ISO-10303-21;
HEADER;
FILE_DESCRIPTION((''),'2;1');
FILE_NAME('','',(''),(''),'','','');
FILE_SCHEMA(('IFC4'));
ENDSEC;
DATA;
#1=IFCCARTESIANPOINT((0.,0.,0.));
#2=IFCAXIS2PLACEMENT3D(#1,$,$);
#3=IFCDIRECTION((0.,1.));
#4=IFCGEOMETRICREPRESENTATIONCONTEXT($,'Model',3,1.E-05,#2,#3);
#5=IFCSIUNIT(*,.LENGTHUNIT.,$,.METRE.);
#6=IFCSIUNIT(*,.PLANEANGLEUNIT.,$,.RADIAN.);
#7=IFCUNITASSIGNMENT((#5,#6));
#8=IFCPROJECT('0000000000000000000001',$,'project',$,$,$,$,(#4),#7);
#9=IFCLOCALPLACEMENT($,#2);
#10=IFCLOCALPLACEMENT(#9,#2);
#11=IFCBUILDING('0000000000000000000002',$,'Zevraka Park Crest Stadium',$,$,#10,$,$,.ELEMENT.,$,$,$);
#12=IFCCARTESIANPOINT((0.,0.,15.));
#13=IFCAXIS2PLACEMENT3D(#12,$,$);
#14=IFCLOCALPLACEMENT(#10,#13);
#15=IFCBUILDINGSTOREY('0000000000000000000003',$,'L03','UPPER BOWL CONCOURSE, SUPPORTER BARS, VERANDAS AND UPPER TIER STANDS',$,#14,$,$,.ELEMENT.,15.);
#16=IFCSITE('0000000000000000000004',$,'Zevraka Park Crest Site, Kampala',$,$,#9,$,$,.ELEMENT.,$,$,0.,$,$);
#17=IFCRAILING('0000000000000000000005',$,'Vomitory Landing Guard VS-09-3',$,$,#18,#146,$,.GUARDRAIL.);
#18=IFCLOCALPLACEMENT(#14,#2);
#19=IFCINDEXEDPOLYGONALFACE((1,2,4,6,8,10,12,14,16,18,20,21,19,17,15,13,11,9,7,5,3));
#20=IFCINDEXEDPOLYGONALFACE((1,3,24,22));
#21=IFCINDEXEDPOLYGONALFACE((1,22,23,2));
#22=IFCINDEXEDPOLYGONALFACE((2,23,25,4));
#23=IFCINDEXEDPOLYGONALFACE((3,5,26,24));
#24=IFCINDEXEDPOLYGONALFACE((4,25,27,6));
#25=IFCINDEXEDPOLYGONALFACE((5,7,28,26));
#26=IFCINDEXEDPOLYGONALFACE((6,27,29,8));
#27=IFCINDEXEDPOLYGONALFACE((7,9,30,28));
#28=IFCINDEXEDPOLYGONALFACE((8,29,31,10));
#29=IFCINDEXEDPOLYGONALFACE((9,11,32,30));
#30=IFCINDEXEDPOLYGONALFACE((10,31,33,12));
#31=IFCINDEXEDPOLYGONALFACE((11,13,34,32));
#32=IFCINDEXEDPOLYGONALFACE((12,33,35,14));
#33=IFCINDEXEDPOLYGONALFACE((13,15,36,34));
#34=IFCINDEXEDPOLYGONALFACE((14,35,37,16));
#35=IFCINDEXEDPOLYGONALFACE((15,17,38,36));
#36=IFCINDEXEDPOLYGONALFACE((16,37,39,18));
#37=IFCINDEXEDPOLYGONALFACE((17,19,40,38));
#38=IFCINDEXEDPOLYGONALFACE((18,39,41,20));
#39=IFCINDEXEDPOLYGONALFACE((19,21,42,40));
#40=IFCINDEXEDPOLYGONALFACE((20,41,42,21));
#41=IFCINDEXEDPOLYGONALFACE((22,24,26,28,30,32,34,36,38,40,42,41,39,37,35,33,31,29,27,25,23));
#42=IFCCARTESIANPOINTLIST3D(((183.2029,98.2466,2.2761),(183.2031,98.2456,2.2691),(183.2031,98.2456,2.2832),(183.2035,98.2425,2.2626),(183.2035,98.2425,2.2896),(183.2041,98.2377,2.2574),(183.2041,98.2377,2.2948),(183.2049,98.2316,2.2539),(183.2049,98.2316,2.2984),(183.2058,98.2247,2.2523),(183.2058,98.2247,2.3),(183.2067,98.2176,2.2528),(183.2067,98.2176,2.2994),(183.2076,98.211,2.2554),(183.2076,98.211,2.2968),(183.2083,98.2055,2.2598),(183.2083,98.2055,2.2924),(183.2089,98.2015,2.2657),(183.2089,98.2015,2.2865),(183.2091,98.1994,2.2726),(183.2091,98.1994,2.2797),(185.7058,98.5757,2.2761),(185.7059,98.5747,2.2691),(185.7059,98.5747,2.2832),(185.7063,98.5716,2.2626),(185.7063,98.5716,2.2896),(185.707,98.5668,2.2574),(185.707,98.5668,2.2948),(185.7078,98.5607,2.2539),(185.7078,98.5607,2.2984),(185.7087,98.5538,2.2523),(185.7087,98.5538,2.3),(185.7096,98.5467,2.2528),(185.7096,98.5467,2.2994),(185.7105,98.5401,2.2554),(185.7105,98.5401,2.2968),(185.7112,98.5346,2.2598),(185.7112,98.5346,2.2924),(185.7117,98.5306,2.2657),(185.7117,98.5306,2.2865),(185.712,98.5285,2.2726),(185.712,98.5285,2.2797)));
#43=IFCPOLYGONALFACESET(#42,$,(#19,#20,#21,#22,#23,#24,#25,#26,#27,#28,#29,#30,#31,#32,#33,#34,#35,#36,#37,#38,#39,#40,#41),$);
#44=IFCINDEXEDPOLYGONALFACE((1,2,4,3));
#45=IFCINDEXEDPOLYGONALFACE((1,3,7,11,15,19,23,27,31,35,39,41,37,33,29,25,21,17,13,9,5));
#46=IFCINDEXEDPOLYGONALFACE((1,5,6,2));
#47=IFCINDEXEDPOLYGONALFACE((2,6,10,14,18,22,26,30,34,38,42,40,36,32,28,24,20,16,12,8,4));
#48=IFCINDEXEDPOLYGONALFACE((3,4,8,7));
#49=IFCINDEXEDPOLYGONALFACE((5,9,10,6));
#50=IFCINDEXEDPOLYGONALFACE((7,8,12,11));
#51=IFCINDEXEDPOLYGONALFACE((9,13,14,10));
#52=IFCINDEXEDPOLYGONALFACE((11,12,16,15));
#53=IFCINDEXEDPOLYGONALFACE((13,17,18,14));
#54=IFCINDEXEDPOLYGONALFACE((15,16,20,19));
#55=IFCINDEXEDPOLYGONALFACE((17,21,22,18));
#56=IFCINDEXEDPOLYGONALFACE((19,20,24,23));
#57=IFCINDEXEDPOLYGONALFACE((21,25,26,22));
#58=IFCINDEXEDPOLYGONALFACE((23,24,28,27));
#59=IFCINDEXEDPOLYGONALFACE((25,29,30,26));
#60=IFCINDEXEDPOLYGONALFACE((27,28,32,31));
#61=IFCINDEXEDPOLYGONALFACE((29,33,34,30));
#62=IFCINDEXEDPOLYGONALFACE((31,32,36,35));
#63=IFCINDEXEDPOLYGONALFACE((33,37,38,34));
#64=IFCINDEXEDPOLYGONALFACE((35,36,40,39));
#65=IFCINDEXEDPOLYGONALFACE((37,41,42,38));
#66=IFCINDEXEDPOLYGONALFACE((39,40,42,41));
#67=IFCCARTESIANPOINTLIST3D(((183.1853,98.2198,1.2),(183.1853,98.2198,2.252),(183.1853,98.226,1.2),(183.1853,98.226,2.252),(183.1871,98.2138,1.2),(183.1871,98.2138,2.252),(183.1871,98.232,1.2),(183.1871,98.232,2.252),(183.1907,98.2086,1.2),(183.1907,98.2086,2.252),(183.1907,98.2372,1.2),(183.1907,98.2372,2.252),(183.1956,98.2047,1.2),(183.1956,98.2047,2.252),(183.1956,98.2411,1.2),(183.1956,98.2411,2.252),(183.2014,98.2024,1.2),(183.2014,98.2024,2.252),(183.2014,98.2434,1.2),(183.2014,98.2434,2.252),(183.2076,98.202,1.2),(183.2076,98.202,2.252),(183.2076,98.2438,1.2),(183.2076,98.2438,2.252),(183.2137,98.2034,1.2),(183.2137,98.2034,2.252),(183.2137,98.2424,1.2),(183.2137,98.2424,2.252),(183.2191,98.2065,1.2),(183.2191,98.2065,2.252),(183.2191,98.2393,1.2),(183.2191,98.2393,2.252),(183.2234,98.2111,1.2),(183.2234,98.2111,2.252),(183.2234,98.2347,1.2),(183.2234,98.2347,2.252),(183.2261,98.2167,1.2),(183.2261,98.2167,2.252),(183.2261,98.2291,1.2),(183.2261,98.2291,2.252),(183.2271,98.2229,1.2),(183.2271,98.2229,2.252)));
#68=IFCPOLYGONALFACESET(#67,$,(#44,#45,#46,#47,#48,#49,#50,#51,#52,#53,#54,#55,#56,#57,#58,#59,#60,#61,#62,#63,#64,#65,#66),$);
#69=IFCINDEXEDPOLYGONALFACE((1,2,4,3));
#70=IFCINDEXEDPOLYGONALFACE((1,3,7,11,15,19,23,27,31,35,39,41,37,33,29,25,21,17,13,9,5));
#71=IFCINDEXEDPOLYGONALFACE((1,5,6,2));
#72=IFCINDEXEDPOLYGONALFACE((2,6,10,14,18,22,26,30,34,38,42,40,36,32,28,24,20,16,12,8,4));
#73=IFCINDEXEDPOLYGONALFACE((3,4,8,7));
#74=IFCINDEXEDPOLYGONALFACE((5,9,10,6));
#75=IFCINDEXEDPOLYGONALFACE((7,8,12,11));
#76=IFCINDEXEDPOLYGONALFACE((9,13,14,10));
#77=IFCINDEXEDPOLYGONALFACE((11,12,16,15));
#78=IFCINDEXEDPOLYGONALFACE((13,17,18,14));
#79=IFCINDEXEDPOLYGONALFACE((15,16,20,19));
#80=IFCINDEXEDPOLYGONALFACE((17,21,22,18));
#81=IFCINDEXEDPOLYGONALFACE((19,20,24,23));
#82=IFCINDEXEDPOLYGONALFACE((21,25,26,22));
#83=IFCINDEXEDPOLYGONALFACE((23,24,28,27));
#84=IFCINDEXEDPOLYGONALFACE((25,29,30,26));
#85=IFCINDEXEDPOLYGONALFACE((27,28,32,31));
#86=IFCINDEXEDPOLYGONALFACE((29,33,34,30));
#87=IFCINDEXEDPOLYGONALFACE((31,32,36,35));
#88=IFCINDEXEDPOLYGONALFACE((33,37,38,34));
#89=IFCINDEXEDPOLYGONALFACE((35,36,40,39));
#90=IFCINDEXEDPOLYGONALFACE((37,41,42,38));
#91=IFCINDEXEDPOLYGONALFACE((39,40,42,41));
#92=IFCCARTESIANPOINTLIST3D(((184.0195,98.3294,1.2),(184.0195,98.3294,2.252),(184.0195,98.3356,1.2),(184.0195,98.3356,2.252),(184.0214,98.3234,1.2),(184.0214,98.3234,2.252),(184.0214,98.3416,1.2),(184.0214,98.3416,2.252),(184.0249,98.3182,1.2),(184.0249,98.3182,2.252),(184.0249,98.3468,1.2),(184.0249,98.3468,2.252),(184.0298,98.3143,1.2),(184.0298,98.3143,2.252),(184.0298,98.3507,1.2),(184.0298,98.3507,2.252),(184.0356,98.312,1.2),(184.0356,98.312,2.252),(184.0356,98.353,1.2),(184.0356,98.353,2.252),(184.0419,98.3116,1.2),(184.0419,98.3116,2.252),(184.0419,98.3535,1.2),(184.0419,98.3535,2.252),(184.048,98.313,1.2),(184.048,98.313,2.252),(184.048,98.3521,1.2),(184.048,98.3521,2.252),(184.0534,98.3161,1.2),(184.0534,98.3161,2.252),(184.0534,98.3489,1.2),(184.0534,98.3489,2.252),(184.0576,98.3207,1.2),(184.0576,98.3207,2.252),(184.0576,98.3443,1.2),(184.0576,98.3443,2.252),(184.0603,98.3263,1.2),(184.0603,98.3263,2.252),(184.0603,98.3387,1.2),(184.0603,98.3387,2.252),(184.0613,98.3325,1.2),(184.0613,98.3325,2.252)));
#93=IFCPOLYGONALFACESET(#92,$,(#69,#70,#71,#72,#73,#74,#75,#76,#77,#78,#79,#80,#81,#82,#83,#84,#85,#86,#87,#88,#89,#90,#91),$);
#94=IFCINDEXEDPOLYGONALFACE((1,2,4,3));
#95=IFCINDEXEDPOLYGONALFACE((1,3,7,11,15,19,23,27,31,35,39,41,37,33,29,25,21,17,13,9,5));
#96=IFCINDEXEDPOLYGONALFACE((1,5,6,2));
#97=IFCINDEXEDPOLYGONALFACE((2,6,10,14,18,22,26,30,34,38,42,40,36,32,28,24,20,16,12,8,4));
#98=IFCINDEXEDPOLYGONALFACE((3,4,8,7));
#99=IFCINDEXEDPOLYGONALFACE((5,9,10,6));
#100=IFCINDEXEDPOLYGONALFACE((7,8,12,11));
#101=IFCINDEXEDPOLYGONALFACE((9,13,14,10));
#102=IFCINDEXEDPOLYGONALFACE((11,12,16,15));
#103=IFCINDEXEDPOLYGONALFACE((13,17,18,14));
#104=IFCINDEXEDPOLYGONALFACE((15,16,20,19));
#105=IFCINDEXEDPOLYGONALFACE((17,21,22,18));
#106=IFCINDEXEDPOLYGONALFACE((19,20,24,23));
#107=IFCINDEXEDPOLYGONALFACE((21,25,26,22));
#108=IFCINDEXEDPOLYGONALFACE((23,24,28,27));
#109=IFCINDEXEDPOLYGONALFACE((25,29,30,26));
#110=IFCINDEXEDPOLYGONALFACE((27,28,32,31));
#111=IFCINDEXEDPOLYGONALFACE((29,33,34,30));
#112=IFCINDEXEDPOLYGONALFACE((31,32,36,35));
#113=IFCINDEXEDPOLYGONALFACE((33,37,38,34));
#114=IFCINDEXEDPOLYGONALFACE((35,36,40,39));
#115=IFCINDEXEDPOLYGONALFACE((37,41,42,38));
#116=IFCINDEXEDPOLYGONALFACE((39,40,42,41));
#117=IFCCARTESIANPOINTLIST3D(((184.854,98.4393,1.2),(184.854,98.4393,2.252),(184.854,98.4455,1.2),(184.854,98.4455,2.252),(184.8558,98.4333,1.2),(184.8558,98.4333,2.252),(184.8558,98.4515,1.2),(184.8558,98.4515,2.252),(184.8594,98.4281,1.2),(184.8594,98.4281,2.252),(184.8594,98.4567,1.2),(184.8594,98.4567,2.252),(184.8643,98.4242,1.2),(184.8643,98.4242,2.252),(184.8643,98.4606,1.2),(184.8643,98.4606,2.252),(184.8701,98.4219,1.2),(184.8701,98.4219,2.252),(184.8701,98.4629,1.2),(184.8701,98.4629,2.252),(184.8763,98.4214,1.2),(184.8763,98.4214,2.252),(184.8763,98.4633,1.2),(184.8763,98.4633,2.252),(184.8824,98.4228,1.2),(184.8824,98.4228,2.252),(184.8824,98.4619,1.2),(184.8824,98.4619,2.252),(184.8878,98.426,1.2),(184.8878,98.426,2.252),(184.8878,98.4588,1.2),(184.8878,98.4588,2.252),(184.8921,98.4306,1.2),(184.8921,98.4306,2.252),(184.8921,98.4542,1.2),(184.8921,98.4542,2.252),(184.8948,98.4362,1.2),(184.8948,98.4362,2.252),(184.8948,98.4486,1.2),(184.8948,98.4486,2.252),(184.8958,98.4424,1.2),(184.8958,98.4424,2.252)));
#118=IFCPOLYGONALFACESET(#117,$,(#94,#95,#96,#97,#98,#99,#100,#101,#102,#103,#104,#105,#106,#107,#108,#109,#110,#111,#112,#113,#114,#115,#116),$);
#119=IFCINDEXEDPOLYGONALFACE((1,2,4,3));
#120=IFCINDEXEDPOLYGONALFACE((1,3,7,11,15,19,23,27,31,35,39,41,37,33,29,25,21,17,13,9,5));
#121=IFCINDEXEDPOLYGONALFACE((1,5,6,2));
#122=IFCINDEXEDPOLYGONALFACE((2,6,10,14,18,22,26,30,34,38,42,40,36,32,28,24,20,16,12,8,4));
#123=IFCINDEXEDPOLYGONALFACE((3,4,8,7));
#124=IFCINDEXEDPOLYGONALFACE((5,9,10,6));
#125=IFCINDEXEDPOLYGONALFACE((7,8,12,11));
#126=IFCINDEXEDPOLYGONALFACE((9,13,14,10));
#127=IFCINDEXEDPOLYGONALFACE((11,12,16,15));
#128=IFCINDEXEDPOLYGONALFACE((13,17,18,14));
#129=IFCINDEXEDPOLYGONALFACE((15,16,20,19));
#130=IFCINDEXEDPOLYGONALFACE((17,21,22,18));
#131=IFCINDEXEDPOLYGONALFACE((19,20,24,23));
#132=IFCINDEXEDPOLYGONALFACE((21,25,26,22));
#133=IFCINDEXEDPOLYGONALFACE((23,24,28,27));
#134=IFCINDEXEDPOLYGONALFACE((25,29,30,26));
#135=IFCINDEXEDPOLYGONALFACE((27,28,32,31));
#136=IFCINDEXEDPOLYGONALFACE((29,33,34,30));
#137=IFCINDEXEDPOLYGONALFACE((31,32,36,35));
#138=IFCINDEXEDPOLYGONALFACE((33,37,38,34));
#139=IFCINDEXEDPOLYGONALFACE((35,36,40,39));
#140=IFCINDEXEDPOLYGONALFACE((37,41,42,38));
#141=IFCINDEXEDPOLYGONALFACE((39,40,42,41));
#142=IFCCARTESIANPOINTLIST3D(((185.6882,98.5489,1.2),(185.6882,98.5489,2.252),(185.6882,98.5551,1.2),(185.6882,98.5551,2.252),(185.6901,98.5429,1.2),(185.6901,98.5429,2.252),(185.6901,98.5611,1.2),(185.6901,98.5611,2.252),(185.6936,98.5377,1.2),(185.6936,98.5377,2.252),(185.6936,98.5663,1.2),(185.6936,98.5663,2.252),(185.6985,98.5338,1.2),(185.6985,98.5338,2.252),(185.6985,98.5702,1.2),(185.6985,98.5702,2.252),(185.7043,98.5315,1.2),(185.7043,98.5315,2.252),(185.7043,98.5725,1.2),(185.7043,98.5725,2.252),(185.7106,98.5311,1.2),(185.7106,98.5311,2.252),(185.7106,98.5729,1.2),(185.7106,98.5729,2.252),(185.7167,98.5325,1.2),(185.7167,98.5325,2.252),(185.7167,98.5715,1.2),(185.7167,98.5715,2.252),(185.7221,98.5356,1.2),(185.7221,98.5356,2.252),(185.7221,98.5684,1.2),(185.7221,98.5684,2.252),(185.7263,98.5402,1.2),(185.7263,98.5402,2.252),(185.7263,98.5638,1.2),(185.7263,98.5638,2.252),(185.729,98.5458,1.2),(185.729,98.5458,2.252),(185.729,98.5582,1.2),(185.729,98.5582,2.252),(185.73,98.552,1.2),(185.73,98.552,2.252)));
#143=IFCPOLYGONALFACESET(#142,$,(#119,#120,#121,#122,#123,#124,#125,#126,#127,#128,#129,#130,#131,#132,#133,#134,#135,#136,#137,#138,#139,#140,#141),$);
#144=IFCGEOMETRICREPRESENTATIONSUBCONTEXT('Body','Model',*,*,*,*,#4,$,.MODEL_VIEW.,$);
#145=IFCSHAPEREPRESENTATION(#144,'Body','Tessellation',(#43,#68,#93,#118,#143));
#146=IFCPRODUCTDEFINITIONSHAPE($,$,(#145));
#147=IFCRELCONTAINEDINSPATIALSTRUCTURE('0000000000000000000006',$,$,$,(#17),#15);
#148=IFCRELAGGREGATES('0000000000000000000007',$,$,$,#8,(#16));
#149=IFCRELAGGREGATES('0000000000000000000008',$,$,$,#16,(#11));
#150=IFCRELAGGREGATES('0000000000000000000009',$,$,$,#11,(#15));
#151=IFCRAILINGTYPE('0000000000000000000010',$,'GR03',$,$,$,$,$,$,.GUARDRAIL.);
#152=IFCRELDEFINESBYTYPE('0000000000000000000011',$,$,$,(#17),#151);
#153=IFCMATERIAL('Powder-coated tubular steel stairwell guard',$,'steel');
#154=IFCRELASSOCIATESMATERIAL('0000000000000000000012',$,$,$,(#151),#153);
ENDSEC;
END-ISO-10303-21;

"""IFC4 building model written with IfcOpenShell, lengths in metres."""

from ifc_helpers import new_model, si_unit, direction, frame, origin, origin_2d, place, context, subcontext, project, spatial, circle, extrude, material, type_object, element, save


model = new_model("IFC4")

# Units and contexts
model_context = context("Model", 3, precision=1e-05, world=origin(), true_north=direction((0.0, 1.0)))
body_context = subcontext(model_context, "Body", "Model", "MODEL_VIEW")
ifc_project = project(units=[si_unit("LENGTHUNIT", "METRE"), si_unit("PLANEANGLEUNIT", "RADIAN")], contexts=[model_context])

# Site, building, storey
site_placement = place(None, origin())
site = spatial("IfcSite", under=ifc_project, at=site_placement, Name="Zevraka Park Crest Site, Kampala", CompositionType="ELEMENT", RefElevation=0.0)
building_placement = place(site_placement, origin())
building = spatial("IfcBuilding", under=site, at=building_placement, Name="Zevraka Park Crest Stadium", CompositionType="ELEMENT")
storey_placement = place(building_placement, frame((0.0, 0.0, 15.0)))
storey = spatial("IfcBuildingStorey", under=building, at=storey_placement, Name="L03", Description="UPPER BOWL CONCOURSE, SUPPORTER BARS, VERANDAS AND UPPER TIER STANDS", CompositionType="ELEMENT", Elevation=15.0)

# Railing
ifc_material_1 = material(Name="Powder-coated tubular steel stairwell guard", Category="steel")
railing_type_1 = type_object("IfcRailingType", Name="GR03", PredefinedType="GUARDRAIL", material=ifc_material_1)
railing_1_placement = place(storey_placement, frame((183.2061, 98.2229, 1.2)))
element("IfcRailing", 1, at=railing_1_placement, inside=storey, type_object=railing_type_1, Name="Vomitory Landing Guard VS-09-3", PredefinedType="GUARDRAIL", context=body_context, shape_type="SweptSolid", body=[
    extrude(circle(Radius=0.0239, at=origin_2d()), frame((0.0, 0.0, 1.0762), z_axis=(0.991466, 0.130364, 0.0), x_axis=(-0.130364, 0.991466, 0.0)), (0.0, 0.0, 1.0), 2.5244),
    extrude(circle(Radius=0.021, at=origin_2d()), origin(), (0.0, 0.0, 1.0), 1.052),
    extrude(circle(Radius=0.021, at=origin_2d()), frame((0.8342, 0.1096, 0.0)), (0.0, 0.0, 1.0), 1.052),
    extrude(circle(Radius=0.021, at=origin_2d()), frame((1.6687, 0.2195, 0.0)), (0.0, 0.0, 1.0), 1.052),
    extrude(circle(Radius=0.021, at=origin_2d()), frame((2.5029, 0.3291, 0.0)), (0.0, 0.0, 1.0), 1.052),
])

save(model, "model.ifc")
